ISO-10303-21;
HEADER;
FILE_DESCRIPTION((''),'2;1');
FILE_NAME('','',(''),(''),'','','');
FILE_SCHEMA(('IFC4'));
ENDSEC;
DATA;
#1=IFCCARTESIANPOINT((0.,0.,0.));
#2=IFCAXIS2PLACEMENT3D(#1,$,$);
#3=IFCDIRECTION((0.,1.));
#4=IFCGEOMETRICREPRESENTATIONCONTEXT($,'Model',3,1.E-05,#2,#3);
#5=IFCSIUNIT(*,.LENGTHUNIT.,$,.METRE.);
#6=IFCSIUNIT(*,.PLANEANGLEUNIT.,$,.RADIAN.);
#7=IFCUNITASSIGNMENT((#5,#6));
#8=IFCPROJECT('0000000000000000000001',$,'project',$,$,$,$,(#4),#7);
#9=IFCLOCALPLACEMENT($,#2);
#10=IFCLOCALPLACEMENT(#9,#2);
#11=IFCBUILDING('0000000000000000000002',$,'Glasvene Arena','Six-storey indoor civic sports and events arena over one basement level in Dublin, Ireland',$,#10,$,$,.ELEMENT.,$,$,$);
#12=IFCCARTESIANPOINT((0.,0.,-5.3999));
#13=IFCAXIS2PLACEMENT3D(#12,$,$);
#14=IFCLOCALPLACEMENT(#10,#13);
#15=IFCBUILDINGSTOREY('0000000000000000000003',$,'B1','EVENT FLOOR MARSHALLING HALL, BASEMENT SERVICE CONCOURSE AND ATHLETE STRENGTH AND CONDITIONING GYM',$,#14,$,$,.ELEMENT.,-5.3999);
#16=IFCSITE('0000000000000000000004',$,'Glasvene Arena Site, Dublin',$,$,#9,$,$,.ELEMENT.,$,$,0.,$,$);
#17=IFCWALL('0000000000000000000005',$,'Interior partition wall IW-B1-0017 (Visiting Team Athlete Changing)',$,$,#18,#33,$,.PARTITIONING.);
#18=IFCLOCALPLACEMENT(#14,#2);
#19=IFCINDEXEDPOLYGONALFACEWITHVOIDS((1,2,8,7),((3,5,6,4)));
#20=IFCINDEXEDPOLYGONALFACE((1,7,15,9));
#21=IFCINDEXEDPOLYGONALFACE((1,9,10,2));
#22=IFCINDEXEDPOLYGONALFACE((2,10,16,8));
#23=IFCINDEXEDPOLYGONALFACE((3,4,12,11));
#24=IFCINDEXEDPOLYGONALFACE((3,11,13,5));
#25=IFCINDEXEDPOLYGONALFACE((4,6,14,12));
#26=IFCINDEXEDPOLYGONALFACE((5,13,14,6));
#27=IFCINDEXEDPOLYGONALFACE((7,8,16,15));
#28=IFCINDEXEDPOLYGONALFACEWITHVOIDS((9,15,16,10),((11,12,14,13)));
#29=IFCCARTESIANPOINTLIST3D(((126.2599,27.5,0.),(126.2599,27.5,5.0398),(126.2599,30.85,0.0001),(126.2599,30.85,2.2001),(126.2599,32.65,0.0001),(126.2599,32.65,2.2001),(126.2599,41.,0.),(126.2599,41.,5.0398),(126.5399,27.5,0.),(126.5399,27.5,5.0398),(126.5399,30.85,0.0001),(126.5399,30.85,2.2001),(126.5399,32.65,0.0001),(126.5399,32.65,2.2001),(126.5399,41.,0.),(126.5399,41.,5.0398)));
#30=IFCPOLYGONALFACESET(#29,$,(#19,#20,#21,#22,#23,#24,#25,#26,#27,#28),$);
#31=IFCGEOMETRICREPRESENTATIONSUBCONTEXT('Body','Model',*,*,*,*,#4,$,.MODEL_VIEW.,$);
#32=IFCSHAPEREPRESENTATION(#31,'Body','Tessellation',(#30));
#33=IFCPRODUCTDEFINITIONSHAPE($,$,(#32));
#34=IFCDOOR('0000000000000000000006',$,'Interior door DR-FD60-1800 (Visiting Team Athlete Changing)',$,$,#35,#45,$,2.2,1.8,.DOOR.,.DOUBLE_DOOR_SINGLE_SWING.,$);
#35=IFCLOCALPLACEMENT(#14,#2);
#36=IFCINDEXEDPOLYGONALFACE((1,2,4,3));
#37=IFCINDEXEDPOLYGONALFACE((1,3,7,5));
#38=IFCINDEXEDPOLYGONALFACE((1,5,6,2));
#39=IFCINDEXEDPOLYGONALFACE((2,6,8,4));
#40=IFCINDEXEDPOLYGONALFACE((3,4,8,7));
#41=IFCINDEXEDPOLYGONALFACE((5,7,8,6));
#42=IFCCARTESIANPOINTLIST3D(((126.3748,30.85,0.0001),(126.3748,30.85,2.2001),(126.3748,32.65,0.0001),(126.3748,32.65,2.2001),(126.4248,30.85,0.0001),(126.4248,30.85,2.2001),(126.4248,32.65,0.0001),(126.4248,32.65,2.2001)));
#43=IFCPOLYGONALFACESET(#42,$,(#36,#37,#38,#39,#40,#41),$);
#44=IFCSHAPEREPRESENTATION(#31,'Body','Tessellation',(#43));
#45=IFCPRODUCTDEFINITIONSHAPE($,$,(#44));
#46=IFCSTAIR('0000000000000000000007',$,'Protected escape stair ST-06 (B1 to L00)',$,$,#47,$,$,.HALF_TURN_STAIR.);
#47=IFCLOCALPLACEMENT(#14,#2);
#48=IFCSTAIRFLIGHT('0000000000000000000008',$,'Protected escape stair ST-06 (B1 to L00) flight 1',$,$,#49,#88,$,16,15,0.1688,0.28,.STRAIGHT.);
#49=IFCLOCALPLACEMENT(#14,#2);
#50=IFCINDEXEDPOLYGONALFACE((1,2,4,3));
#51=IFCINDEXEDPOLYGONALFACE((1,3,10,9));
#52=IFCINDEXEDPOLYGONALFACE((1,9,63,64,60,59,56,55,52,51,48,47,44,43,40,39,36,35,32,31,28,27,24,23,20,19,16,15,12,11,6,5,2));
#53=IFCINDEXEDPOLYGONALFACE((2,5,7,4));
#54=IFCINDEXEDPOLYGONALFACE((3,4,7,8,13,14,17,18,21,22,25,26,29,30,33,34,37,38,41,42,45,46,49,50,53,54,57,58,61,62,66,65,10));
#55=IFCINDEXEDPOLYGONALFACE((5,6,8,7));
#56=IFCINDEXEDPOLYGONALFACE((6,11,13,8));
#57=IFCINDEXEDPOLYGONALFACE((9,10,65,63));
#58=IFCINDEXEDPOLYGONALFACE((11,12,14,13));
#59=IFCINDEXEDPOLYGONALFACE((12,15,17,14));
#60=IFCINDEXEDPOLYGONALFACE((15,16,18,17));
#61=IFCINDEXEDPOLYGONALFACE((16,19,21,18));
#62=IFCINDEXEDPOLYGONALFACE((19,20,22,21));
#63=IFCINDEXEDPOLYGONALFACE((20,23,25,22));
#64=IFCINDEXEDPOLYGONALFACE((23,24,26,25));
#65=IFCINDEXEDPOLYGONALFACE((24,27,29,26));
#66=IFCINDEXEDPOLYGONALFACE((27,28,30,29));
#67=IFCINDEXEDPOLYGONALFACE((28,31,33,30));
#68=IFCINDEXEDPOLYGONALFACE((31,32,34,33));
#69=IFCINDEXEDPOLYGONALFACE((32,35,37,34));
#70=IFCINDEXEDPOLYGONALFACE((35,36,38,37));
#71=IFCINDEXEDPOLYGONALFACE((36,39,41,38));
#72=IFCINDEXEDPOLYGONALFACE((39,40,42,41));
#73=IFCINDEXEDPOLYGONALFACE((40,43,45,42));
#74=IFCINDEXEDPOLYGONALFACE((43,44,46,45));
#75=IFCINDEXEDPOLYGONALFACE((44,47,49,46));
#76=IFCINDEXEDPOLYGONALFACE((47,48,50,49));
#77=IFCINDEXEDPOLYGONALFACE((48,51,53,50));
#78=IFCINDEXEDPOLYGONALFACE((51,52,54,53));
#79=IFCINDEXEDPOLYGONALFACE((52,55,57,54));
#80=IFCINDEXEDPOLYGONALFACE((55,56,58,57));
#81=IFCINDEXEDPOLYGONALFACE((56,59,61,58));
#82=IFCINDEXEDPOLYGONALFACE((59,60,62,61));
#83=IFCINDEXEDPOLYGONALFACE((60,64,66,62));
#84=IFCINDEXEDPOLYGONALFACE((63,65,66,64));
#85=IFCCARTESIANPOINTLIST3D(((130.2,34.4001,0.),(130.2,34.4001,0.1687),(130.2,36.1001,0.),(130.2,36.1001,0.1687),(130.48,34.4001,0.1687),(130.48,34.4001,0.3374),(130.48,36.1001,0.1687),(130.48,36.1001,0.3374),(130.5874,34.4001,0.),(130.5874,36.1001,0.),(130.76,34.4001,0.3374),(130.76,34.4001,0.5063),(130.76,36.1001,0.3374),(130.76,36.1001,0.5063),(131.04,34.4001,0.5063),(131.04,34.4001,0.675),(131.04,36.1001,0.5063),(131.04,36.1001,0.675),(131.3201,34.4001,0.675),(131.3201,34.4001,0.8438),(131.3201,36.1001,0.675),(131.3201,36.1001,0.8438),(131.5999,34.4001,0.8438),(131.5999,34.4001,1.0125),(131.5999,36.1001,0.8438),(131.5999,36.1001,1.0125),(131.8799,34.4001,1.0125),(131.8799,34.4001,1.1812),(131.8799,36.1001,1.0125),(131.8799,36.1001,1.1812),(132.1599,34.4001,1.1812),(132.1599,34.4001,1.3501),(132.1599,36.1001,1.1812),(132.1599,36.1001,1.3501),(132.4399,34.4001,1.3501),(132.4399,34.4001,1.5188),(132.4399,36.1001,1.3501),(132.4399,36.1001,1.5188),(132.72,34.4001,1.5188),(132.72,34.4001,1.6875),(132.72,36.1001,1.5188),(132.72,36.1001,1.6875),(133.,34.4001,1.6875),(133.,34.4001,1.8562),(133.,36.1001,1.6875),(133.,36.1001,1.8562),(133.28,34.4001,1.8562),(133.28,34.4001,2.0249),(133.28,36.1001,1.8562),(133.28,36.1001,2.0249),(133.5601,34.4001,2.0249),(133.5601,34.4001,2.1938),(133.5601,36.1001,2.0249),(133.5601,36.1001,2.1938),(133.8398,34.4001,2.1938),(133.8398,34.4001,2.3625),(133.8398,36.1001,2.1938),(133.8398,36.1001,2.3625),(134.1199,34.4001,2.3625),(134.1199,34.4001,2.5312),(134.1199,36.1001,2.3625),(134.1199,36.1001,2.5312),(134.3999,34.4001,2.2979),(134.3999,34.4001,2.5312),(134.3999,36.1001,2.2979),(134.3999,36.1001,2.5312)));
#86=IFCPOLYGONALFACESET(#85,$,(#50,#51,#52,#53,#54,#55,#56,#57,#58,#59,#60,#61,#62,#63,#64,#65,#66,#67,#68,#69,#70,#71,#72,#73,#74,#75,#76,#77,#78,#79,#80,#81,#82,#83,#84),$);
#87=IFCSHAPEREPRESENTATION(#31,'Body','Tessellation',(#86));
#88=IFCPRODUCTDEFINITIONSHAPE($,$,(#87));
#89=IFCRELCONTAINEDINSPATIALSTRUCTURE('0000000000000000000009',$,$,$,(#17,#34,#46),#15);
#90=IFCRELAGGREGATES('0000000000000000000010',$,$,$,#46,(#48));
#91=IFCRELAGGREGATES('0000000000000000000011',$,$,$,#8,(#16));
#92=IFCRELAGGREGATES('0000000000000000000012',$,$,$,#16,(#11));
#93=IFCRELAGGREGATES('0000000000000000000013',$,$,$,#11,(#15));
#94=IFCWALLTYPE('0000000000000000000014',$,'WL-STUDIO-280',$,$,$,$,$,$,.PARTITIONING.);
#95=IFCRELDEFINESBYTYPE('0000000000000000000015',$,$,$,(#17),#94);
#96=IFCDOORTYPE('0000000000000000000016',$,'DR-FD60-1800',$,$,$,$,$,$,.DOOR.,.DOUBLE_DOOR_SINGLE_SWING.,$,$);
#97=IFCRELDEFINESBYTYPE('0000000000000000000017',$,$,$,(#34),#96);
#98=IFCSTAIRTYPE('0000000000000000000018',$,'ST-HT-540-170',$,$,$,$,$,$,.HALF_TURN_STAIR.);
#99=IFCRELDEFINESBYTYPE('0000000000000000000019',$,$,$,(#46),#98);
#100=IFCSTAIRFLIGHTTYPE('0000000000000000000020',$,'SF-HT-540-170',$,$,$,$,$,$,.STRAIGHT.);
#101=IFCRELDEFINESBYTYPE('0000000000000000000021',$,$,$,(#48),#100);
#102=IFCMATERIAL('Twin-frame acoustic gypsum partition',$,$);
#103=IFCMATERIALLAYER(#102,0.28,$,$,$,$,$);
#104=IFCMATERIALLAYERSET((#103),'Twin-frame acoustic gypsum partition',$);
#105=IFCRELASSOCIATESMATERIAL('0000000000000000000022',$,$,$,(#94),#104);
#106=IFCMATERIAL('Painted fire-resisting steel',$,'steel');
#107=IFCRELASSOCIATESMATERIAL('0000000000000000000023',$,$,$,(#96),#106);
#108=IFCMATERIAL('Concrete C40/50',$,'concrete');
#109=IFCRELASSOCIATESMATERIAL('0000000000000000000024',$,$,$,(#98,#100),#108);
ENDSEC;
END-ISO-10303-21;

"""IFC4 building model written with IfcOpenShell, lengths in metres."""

from ifc_helpers import new_model, si_unit, direction, frame, frame_2d, origin, place, context, subcontext, project, spatial, polyline, rectangle, outline, extrude, material, layer, layer_set, type_object, element, fill, aggregate, save


model = new_model("IFC4")

# Units and contexts
model_context = context("Model", 3, precision=1e-05, world=origin(), true_north=direction((0.0, 1.0)))
body_context = subcontext(model_context, "Body", "Model", "MODEL_VIEW")
ifc_project = project(units=[si_unit("LENGTHUNIT", "METRE"), si_unit("PLANEANGLEUNIT", "RADIAN")], contexts=[model_context])

# Site, building, storey
site_placement = place(None, origin())
site = spatial("IfcSite", under=ifc_project, at=site_placement, Name="Glasvene Arena Site, Dublin", CompositionType="ELEMENT", RefElevation=0.0)
building_placement = place(site_placement, origin())
building = spatial("IfcBuilding", under=site, at=building_placement, Name="Glasvene Arena", Description="Six-storey indoor civic sports and events arena over one basement level in Dublin, Ireland", CompositionType="ELEMENT")
storey_placement = place(building_placement, frame((0.0, 0.0, -5.3999)))
storey = spatial("IfcBuildingStorey", under=building, at=storey_placement, Name="B1", Description="EVENT FLOOR MARSHALLING HALL, BASEMENT SERVICE CONCOURSE AND ATHLETE STRENGTH AND CONDITIONING GYM", CompositionType="ELEMENT", Elevation=-5.3999)

# Shared definitions
ifc_material_1 = material(Name="Concrete C40/50", Category="concrete")

# Shared definitions
ifc_material_2 = material(Name="Painted fire-resisting steel", Category="steel")

# Wall, opening, door
ifc_material_3 = material(Name="Twin-frame acoustic gypsum partition")
ifc_layer_1 = layer(ifc_material_3, 0.28)
ifc_layer_set_1 = layer_set([ifc_layer_1], Name="Twin-frame acoustic gypsum partition")
wall_type_1 = type_object("IfcWallType", Name="WL-STUDIO-280", PredefinedType="PARTITIONING", material=ifc_layer_set_1)
wall_1_placement = place(storey_placement, frame((126.3999, 41.0, 0.0), z_axis=(0.0, 0.0, 1.0), x_axis=(0.0, -1.0, 0.0)))
wall_1 = element("IfcWall", 1, at=wall_1_placement, inside=storey, type_object=wall_type_1, Name="Interior partition wall IW-B1-0017 (Visiting Team Athlete Changing)", PredefinedType="PARTITIONING", context=body_context, shape_type="SweptSolid", body=[
    extrude(rectangle(XDim=13.5, YDim=0.28, at=frame_2d((6.75, 0.0))), origin(), (0.0, 0.0, 1.0), 5.0398),
])
opening_1_placement = place(wall_1_placement, frame((8.3501, 0.0, 0.0)))
opening_1 = element("IfcOpeningElement", 2, at=opening_1_placement, cuts=wall_1, PredefinedType="OPENING", context=body_context, shape_type="SweptSolid", body=[
    extrude(rectangle(XDim=1.8, YDim=2.2, at=frame_2d((0.8999, 1.1001))), frame((0.0, 0.1499, 0.0), z_axis=(0.0, -1.0, 0.0), x_axis=(1.0, 0.0, 0.0)), (0.0, 0.0, 1.0), 0.3),
])
door_type_1 = type_object("IfcDoorType", Name="DR-FD60-1800", OperationType="DOUBLE_DOOR_SINGLE_SWING", PredefinedType="DOOR", material=ifc_material_2)
door_1_placement = place(opening_1_placement, origin())
door_1 = element("IfcDoor", 3, at=door_1_placement, inside=storey, type_object=door_type_1, Name="Interior door DR-FD60-1800 (Visiting Team Athlete Changing)", OperationType="DOUBLE_DOOR_SINGLE_SWING", OverallHeight=2.2, OverallWidth=1.8, PredefinedType="DOOR", context=body_context, shape_type="SweptSolid", body=[
    extrude(rectangle(XDim=1.8, YDim=2.2, at=frame_2d((0.8999, 1.1001))), frame((0.0, 0.0249, 0.0), z_axis=(0.0, -1.0, 0.0), x_axis=(1.0, 0.0, 0.0)), (0.0, 0.0, 1.0), 0.05),
])
fill(opening_1, door_1)

# Stair, stair flight
stair_type = type_object("IfcStairType", Name="ST-HT-540-170", PredefinedType="HALF_TURN_STAIR", material=ifc_material_1)
stair_placement = place(storey_placement, origin())
stair = element("IfcStair", 4, at=stair_placement, inside=storey, type_object=stair_type, Name="Protected escape stair ST-06 (B1 to L00)", PredefinedType="HALF_TURN_STAIR")
stair_flight_type = type_object("IfcStairFlightType", Name="SF-HT-540-170", PredefinedType="STRAIGHT", material=ifc_material_1)
stair_flight_placement = place(storey_placement, frame((130.2, 35.25, 0.0), z_axis=(0.0, 0.0, 1.0), x_axis=(1.0, 0.0, 0.0)))
stair_flight = element("IfcStairFlight", 5, at=stair_flight_placement, type_object=stair_flight_type, Name="Protected escape stair ST-06 (B1 to L00) flight 1", NumberOfRisers=16, NumberOfTreads=15, PredefinedType="STRAIGHT", RiserHeight=0.1688, TreadLength=0.28, context=body_context, shape_type="SweptSolid", body=[
    extrude(outline(polyline([(0.0, 0.0), (0.0, 0.1687), (0.28, 0.1687), (0.28, 0.3374), (0.5601, 0.3374), (0.5601, 0.5063), (0.8401, 0.5063), (0.8401, 0.675), (1.1201, 0.675), (1.1201, 0.8438), (1.3999, 0.8438), (1.3999, 1.0125), (1.6799, 1.0125), (1.6799, 1.1812), (1.96, 1.1812), (1.96, 1.3501), (2.24, 1.3501), (2.24, 1.5188), (2.52, 1.5188), (2.52, 1.6875), (2.8, 1.6875), (2.8, 1.8562), (3.0801, 1.8562), (3.0801, 2.0249), (3.3601, 2.0249), (3.3601, 2.1938), (3.6399, 2.1938), (3.6399, 2.3625), (3.9199, 2.3625), (3.9199, 2.5312), (4.2, 2.5312), (4.2, 2.7), (4.2, 2.2979), (0.3875, 0.0), (0.0, 0.0)])), frame((0.0, 0.8501, 0.0), z_axis=(0.0, -1.0, 0.0), x_axis=(1.0, 0.0, 0.0)), (0.0, 0.0, 1.0), 1.7),
])
aggregate(stair, [stair_flight])

save(model, "model.ifc")
